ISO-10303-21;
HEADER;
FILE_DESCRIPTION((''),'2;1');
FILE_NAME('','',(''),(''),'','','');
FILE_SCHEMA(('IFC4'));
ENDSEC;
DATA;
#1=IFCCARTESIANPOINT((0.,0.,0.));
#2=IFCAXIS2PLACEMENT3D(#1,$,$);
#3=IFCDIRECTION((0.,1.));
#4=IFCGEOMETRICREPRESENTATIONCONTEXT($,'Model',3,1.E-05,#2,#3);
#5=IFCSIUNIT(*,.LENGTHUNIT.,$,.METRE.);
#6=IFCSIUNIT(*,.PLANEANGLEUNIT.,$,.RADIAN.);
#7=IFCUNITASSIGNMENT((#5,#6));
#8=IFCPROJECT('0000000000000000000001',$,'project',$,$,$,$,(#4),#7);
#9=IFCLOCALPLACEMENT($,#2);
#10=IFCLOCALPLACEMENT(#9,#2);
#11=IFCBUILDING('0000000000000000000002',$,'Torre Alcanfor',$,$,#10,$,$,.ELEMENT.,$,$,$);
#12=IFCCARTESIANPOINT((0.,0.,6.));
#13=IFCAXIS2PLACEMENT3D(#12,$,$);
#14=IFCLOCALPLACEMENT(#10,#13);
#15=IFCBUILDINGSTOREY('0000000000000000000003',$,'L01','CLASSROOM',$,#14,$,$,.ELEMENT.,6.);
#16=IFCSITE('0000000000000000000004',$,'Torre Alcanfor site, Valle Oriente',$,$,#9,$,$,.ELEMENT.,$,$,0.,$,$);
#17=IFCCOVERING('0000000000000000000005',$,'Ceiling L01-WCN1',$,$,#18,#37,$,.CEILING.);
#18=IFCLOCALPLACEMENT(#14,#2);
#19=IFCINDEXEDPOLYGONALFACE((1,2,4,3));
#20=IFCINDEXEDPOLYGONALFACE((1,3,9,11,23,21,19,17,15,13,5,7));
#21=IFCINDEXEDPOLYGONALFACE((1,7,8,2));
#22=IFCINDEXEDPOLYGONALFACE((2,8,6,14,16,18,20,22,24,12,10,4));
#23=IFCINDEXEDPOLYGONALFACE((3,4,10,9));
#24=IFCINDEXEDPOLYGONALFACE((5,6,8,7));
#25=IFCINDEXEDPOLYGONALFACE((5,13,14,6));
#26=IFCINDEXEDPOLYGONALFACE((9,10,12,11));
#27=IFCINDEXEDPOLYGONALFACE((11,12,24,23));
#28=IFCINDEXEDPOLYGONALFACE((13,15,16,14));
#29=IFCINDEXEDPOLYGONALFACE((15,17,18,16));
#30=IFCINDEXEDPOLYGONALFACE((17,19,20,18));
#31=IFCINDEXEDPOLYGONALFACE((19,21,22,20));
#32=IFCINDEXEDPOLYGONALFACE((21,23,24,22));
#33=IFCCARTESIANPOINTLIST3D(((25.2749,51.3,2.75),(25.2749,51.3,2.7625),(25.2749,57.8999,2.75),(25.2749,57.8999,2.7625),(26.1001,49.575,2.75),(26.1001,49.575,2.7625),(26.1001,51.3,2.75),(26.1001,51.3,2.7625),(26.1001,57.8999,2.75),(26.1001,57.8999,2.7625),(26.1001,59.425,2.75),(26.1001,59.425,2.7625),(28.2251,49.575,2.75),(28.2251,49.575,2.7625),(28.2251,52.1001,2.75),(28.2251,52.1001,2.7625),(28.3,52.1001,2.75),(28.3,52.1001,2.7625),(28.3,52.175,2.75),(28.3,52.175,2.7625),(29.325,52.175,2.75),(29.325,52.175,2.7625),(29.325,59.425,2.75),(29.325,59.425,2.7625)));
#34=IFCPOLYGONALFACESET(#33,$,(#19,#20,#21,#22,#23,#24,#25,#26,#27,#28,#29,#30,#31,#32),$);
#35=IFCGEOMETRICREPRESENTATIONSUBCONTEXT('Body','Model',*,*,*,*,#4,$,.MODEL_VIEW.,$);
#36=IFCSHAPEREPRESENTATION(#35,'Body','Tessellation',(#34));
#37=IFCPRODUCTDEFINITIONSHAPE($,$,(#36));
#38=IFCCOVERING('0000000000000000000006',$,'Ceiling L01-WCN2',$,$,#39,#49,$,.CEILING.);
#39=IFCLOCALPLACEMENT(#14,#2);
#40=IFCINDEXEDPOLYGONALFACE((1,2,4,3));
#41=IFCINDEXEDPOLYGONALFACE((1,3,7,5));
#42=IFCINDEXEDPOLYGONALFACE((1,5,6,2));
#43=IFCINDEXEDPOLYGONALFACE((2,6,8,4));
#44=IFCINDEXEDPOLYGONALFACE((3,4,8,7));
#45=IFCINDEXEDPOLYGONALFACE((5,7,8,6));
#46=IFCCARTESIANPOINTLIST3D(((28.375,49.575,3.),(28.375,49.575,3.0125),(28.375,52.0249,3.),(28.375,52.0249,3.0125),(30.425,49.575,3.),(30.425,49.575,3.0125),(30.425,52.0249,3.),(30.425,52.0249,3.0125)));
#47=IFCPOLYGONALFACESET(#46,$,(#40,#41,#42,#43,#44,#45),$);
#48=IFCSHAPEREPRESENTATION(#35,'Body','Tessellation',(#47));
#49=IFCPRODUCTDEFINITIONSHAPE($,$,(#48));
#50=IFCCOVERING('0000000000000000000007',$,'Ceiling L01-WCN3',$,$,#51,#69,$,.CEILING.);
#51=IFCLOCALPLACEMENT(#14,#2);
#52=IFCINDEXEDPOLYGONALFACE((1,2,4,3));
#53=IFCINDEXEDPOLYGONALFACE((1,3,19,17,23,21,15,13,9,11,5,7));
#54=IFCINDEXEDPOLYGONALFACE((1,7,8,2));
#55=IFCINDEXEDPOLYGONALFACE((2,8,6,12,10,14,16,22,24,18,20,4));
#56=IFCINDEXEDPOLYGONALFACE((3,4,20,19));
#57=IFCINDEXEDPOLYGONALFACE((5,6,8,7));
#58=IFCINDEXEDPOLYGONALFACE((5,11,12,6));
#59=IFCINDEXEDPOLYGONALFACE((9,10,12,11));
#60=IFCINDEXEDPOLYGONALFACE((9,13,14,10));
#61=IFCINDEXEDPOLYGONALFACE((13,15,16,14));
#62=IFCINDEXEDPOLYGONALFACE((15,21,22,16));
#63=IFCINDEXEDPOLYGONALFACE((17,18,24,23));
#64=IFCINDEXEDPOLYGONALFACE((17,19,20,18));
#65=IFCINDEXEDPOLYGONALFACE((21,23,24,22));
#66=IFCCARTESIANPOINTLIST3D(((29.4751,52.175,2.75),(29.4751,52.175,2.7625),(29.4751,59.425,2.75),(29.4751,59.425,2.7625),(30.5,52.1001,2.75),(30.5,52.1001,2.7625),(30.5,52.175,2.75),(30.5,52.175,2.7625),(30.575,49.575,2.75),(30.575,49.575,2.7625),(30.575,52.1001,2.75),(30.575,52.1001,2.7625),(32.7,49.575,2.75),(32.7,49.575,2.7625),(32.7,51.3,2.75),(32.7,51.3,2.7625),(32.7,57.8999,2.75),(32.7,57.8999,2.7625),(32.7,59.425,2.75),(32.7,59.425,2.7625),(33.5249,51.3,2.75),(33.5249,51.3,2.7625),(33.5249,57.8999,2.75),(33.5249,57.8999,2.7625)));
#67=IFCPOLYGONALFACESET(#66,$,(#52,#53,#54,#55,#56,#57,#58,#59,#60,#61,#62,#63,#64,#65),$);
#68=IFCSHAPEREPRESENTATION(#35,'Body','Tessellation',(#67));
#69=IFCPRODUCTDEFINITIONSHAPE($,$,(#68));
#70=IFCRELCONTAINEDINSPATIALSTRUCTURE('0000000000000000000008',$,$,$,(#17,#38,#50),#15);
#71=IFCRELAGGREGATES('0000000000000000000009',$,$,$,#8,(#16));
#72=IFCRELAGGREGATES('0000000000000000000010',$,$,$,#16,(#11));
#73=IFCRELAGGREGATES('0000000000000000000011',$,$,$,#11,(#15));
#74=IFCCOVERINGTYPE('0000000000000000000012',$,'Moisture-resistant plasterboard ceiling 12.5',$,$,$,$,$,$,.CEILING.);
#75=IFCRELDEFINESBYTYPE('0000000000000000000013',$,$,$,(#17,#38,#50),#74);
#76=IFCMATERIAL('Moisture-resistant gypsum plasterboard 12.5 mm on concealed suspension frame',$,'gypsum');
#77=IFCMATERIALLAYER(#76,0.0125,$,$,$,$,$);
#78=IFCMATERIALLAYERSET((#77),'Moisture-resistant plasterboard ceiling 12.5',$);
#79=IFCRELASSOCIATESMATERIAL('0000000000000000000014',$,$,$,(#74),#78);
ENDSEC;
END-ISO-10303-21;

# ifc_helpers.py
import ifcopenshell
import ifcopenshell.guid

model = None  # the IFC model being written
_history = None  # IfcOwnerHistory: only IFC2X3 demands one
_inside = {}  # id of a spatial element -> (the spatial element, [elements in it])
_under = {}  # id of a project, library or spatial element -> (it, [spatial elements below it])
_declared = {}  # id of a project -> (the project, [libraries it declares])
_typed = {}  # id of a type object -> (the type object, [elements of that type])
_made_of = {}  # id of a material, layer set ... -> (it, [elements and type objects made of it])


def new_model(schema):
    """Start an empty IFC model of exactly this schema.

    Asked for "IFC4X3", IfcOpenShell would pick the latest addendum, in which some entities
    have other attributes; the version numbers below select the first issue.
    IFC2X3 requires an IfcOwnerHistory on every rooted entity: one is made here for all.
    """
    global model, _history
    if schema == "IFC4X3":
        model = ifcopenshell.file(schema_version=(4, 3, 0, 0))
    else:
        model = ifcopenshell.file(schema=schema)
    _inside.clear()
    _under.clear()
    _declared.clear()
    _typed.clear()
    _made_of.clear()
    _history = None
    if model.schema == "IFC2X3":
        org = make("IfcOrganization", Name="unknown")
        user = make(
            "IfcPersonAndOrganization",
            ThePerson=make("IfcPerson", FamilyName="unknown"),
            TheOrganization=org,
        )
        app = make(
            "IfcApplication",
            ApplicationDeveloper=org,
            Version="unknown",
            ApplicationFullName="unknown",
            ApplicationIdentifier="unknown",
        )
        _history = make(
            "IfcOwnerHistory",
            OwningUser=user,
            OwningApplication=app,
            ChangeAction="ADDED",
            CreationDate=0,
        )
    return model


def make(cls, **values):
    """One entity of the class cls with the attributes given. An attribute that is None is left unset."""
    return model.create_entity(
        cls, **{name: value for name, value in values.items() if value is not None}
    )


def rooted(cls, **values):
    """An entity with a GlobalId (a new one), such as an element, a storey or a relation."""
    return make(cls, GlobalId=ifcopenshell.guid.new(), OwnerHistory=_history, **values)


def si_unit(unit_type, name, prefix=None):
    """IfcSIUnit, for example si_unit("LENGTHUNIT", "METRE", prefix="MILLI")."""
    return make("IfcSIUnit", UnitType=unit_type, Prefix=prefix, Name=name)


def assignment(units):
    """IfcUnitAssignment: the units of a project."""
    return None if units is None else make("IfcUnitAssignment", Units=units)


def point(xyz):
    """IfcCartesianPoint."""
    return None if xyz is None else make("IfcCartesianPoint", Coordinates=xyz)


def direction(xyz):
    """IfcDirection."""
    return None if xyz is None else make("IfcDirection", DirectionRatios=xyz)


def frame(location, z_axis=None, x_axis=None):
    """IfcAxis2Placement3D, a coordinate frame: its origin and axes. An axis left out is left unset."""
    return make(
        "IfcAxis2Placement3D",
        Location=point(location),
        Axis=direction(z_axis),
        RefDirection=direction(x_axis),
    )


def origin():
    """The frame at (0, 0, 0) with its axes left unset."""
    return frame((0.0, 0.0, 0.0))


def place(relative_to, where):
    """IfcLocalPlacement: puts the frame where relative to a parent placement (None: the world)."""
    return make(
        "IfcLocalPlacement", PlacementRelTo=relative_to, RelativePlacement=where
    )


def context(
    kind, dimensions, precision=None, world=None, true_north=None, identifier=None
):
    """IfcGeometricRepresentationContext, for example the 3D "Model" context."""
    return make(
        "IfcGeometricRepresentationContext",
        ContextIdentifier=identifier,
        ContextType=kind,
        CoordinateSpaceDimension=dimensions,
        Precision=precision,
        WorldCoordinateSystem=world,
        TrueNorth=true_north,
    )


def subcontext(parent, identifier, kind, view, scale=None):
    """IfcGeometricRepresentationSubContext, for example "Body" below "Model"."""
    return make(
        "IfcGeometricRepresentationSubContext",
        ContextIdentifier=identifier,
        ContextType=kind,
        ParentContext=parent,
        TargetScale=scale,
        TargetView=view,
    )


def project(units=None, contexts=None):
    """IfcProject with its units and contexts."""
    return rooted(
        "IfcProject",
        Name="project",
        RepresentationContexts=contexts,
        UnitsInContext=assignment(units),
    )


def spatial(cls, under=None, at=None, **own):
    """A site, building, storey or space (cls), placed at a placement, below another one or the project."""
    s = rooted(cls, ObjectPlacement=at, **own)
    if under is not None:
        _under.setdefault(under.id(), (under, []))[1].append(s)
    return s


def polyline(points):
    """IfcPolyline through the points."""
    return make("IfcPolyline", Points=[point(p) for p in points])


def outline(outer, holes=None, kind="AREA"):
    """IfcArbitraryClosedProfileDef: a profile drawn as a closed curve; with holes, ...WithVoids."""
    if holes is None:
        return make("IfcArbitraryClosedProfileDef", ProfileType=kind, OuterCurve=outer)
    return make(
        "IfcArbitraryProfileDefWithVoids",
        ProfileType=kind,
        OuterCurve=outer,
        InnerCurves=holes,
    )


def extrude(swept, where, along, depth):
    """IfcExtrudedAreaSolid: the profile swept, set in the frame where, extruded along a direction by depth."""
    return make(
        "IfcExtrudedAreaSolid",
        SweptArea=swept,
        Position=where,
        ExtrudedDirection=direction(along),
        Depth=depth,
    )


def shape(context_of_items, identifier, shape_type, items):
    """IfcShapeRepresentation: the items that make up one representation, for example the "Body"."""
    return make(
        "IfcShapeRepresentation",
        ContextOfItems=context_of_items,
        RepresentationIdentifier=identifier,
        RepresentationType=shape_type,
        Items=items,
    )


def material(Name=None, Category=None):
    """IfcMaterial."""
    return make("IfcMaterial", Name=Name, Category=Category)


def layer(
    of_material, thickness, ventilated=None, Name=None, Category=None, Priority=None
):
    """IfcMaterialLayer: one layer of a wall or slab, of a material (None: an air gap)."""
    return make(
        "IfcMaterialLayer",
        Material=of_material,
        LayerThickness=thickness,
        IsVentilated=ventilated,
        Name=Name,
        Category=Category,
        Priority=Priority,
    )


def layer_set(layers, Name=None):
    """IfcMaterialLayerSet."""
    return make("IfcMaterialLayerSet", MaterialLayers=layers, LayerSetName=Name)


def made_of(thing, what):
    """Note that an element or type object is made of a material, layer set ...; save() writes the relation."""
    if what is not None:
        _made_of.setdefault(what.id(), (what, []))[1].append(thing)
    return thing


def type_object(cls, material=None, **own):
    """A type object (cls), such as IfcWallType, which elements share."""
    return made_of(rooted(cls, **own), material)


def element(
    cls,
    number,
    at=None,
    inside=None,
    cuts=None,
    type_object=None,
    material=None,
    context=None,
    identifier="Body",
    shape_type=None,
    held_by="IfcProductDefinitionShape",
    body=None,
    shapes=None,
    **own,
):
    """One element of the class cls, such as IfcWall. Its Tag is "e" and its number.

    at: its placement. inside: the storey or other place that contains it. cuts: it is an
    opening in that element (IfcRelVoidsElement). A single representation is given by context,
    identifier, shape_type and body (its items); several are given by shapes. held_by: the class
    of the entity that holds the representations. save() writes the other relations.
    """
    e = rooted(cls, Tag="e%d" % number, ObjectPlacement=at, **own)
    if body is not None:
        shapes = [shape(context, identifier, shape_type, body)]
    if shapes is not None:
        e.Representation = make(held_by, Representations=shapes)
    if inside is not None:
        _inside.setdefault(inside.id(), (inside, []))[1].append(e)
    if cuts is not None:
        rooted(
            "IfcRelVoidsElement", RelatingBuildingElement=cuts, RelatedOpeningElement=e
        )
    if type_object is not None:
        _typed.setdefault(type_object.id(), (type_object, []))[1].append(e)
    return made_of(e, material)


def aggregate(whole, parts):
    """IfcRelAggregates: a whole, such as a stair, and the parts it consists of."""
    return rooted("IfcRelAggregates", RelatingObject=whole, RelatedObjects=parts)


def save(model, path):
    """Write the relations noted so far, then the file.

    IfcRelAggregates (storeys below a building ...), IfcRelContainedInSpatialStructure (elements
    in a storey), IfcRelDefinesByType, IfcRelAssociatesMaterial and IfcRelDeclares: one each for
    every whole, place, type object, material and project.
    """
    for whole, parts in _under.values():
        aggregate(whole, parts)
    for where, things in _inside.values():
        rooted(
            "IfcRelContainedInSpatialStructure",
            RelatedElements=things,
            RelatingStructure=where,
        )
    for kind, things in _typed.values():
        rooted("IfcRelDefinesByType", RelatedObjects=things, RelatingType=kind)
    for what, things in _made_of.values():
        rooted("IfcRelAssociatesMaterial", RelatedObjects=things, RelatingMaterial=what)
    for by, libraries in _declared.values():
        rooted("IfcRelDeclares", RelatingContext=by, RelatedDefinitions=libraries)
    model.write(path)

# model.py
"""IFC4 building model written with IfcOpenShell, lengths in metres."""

from ifc_helpers import new_model, si_unit, direction, frame, origin, place, context, subcontext, project, spatial, polyline, outline, extrude, material, layer, layer_set, type_object, element, save


model = new_model("IFC4")

# Units and contexts
model_context = context("Model", 3, precision=1e-05, world=origin(), true_north=direction((0.0, 1.0)))
body_context = subcontext(model_context, "Body", "Model", "MODEL_VIEW")
ifc_project = project(units=[si_unit("LENGTHUNIT", "METRE"), si_unit("PLANEANGLEUNIT", "RADIAN")], contexts=[model_context])

# Site, building, storey
site_placement = place(None, origin())
site = spatial("IfcSite", under=ifc_project, at=site_placement, Name="Torre Alcanfor site, Valle Oriente", CompositionType="ELEMENT", RefElevation=0.0)
building_placement = place(site_placement, origin())
building = spatial("IfcBuilding", under=site, at=building_placement, Name="Torre Alcanfor", CompositionType="ELEMENT")
storey_placement = place(building_placement, frame((0.0, 0.0, 6.0)))
storey = spatial("IfcBuildingStorey", under=building, at=storey_placement, Name="L01", Description="CLASSROOM", CompositionType="ELEMENT", Elevation=6.0)

# Coverings
ifc_material_1 = material(Name="Moisture-resistant gypsum plasterboard 12.5 mm on concealed suspension frame", Category="gypsum")
ifc_layer_1 = layer(ifc_material_1, 0.0125)
ifc_layer_set_1 = layer_set([ifc_layer_1], Name="Moisture-resistant plasterboard ceiling 12.5")
covering_type_1 = type_object("IfcCoveringType", Name="Moisture-resistant plasterboard ceiling 12.5", PredefinedType="CEILING", material=ifc_layer_set_1)
covering_1_placement = place(storey_placement, frame((0.0, 0.0, 2.75)))
element("IfcCovering", 1, at=covering_1_placement, inside=storey, type_object=covering_type_1, Name="Ceiling L01-WCN1", PredefinedType="CEILING", context=body_context, shape_type="SweptSolid", body=[
    extrude(outline(polyline([(25.2749, 51.3), (26.1001, 51.3), (26.1001, 49.575), (28.2251, 49.575), (28.2251, 52.1001), (28.3, 52.1001), (28.3, 52.175), (29.325, 52.175), (29.325, 59.425), (26.1001, 59.425), (26.1001, 57.8999), (25.2749, 57.8999), (25.2749, 51.3)])), origin(), (0.0, 0.0, 1.0), 0.0125),
])
covering_2_placement = place(storey_placement, frame((0.0, 0.0, 3.0)))
element("IfcCovering", 2, at=covering_2_placement, inside=storey, type_object=covering_type_1, Name="Ceiling L01-WCN2", PredefinedType="CEILING", context=body_context, shape_type="SweptSolid", body=[
    extrude(outline(polyline([(30.425, 52.0249), (28.375, 52.0249), (28.375, 49.575), (30.425, 49.575), (30.425, 52.0249)])), origin(), (0.0, 0.0, 1.0), 0.0125),
])
covering_3_placement = place(storey_placement, frame((0.0, 0.0, 2.75)))
element("IfcCovering", 3, at=covering_3_placement, inside=storey, type_object=covering_type_1, Name="Ceiling L01-WCN3", PredefinedType="CEILING", context=body_context, shape_type="SweptSolid", body=[
    extrude(outline(polyline([(33.5249, 57.8999), (32.7, 57.8999), (32.7, 59.425), (29.4751, 59.425), (29.4751, 52.175), (30.5, 52.175), (30.5, 52.1001), (30.575, 52.1001), (30.575, 49.575), (32.7, 49.575), (32.7, 51.3), (33.5249, 51.3), (33.5249, 57.8999)])), origin(), (0.0, 0.0, 1.0), 0.0125),
])

save(model, "model.ifc")
